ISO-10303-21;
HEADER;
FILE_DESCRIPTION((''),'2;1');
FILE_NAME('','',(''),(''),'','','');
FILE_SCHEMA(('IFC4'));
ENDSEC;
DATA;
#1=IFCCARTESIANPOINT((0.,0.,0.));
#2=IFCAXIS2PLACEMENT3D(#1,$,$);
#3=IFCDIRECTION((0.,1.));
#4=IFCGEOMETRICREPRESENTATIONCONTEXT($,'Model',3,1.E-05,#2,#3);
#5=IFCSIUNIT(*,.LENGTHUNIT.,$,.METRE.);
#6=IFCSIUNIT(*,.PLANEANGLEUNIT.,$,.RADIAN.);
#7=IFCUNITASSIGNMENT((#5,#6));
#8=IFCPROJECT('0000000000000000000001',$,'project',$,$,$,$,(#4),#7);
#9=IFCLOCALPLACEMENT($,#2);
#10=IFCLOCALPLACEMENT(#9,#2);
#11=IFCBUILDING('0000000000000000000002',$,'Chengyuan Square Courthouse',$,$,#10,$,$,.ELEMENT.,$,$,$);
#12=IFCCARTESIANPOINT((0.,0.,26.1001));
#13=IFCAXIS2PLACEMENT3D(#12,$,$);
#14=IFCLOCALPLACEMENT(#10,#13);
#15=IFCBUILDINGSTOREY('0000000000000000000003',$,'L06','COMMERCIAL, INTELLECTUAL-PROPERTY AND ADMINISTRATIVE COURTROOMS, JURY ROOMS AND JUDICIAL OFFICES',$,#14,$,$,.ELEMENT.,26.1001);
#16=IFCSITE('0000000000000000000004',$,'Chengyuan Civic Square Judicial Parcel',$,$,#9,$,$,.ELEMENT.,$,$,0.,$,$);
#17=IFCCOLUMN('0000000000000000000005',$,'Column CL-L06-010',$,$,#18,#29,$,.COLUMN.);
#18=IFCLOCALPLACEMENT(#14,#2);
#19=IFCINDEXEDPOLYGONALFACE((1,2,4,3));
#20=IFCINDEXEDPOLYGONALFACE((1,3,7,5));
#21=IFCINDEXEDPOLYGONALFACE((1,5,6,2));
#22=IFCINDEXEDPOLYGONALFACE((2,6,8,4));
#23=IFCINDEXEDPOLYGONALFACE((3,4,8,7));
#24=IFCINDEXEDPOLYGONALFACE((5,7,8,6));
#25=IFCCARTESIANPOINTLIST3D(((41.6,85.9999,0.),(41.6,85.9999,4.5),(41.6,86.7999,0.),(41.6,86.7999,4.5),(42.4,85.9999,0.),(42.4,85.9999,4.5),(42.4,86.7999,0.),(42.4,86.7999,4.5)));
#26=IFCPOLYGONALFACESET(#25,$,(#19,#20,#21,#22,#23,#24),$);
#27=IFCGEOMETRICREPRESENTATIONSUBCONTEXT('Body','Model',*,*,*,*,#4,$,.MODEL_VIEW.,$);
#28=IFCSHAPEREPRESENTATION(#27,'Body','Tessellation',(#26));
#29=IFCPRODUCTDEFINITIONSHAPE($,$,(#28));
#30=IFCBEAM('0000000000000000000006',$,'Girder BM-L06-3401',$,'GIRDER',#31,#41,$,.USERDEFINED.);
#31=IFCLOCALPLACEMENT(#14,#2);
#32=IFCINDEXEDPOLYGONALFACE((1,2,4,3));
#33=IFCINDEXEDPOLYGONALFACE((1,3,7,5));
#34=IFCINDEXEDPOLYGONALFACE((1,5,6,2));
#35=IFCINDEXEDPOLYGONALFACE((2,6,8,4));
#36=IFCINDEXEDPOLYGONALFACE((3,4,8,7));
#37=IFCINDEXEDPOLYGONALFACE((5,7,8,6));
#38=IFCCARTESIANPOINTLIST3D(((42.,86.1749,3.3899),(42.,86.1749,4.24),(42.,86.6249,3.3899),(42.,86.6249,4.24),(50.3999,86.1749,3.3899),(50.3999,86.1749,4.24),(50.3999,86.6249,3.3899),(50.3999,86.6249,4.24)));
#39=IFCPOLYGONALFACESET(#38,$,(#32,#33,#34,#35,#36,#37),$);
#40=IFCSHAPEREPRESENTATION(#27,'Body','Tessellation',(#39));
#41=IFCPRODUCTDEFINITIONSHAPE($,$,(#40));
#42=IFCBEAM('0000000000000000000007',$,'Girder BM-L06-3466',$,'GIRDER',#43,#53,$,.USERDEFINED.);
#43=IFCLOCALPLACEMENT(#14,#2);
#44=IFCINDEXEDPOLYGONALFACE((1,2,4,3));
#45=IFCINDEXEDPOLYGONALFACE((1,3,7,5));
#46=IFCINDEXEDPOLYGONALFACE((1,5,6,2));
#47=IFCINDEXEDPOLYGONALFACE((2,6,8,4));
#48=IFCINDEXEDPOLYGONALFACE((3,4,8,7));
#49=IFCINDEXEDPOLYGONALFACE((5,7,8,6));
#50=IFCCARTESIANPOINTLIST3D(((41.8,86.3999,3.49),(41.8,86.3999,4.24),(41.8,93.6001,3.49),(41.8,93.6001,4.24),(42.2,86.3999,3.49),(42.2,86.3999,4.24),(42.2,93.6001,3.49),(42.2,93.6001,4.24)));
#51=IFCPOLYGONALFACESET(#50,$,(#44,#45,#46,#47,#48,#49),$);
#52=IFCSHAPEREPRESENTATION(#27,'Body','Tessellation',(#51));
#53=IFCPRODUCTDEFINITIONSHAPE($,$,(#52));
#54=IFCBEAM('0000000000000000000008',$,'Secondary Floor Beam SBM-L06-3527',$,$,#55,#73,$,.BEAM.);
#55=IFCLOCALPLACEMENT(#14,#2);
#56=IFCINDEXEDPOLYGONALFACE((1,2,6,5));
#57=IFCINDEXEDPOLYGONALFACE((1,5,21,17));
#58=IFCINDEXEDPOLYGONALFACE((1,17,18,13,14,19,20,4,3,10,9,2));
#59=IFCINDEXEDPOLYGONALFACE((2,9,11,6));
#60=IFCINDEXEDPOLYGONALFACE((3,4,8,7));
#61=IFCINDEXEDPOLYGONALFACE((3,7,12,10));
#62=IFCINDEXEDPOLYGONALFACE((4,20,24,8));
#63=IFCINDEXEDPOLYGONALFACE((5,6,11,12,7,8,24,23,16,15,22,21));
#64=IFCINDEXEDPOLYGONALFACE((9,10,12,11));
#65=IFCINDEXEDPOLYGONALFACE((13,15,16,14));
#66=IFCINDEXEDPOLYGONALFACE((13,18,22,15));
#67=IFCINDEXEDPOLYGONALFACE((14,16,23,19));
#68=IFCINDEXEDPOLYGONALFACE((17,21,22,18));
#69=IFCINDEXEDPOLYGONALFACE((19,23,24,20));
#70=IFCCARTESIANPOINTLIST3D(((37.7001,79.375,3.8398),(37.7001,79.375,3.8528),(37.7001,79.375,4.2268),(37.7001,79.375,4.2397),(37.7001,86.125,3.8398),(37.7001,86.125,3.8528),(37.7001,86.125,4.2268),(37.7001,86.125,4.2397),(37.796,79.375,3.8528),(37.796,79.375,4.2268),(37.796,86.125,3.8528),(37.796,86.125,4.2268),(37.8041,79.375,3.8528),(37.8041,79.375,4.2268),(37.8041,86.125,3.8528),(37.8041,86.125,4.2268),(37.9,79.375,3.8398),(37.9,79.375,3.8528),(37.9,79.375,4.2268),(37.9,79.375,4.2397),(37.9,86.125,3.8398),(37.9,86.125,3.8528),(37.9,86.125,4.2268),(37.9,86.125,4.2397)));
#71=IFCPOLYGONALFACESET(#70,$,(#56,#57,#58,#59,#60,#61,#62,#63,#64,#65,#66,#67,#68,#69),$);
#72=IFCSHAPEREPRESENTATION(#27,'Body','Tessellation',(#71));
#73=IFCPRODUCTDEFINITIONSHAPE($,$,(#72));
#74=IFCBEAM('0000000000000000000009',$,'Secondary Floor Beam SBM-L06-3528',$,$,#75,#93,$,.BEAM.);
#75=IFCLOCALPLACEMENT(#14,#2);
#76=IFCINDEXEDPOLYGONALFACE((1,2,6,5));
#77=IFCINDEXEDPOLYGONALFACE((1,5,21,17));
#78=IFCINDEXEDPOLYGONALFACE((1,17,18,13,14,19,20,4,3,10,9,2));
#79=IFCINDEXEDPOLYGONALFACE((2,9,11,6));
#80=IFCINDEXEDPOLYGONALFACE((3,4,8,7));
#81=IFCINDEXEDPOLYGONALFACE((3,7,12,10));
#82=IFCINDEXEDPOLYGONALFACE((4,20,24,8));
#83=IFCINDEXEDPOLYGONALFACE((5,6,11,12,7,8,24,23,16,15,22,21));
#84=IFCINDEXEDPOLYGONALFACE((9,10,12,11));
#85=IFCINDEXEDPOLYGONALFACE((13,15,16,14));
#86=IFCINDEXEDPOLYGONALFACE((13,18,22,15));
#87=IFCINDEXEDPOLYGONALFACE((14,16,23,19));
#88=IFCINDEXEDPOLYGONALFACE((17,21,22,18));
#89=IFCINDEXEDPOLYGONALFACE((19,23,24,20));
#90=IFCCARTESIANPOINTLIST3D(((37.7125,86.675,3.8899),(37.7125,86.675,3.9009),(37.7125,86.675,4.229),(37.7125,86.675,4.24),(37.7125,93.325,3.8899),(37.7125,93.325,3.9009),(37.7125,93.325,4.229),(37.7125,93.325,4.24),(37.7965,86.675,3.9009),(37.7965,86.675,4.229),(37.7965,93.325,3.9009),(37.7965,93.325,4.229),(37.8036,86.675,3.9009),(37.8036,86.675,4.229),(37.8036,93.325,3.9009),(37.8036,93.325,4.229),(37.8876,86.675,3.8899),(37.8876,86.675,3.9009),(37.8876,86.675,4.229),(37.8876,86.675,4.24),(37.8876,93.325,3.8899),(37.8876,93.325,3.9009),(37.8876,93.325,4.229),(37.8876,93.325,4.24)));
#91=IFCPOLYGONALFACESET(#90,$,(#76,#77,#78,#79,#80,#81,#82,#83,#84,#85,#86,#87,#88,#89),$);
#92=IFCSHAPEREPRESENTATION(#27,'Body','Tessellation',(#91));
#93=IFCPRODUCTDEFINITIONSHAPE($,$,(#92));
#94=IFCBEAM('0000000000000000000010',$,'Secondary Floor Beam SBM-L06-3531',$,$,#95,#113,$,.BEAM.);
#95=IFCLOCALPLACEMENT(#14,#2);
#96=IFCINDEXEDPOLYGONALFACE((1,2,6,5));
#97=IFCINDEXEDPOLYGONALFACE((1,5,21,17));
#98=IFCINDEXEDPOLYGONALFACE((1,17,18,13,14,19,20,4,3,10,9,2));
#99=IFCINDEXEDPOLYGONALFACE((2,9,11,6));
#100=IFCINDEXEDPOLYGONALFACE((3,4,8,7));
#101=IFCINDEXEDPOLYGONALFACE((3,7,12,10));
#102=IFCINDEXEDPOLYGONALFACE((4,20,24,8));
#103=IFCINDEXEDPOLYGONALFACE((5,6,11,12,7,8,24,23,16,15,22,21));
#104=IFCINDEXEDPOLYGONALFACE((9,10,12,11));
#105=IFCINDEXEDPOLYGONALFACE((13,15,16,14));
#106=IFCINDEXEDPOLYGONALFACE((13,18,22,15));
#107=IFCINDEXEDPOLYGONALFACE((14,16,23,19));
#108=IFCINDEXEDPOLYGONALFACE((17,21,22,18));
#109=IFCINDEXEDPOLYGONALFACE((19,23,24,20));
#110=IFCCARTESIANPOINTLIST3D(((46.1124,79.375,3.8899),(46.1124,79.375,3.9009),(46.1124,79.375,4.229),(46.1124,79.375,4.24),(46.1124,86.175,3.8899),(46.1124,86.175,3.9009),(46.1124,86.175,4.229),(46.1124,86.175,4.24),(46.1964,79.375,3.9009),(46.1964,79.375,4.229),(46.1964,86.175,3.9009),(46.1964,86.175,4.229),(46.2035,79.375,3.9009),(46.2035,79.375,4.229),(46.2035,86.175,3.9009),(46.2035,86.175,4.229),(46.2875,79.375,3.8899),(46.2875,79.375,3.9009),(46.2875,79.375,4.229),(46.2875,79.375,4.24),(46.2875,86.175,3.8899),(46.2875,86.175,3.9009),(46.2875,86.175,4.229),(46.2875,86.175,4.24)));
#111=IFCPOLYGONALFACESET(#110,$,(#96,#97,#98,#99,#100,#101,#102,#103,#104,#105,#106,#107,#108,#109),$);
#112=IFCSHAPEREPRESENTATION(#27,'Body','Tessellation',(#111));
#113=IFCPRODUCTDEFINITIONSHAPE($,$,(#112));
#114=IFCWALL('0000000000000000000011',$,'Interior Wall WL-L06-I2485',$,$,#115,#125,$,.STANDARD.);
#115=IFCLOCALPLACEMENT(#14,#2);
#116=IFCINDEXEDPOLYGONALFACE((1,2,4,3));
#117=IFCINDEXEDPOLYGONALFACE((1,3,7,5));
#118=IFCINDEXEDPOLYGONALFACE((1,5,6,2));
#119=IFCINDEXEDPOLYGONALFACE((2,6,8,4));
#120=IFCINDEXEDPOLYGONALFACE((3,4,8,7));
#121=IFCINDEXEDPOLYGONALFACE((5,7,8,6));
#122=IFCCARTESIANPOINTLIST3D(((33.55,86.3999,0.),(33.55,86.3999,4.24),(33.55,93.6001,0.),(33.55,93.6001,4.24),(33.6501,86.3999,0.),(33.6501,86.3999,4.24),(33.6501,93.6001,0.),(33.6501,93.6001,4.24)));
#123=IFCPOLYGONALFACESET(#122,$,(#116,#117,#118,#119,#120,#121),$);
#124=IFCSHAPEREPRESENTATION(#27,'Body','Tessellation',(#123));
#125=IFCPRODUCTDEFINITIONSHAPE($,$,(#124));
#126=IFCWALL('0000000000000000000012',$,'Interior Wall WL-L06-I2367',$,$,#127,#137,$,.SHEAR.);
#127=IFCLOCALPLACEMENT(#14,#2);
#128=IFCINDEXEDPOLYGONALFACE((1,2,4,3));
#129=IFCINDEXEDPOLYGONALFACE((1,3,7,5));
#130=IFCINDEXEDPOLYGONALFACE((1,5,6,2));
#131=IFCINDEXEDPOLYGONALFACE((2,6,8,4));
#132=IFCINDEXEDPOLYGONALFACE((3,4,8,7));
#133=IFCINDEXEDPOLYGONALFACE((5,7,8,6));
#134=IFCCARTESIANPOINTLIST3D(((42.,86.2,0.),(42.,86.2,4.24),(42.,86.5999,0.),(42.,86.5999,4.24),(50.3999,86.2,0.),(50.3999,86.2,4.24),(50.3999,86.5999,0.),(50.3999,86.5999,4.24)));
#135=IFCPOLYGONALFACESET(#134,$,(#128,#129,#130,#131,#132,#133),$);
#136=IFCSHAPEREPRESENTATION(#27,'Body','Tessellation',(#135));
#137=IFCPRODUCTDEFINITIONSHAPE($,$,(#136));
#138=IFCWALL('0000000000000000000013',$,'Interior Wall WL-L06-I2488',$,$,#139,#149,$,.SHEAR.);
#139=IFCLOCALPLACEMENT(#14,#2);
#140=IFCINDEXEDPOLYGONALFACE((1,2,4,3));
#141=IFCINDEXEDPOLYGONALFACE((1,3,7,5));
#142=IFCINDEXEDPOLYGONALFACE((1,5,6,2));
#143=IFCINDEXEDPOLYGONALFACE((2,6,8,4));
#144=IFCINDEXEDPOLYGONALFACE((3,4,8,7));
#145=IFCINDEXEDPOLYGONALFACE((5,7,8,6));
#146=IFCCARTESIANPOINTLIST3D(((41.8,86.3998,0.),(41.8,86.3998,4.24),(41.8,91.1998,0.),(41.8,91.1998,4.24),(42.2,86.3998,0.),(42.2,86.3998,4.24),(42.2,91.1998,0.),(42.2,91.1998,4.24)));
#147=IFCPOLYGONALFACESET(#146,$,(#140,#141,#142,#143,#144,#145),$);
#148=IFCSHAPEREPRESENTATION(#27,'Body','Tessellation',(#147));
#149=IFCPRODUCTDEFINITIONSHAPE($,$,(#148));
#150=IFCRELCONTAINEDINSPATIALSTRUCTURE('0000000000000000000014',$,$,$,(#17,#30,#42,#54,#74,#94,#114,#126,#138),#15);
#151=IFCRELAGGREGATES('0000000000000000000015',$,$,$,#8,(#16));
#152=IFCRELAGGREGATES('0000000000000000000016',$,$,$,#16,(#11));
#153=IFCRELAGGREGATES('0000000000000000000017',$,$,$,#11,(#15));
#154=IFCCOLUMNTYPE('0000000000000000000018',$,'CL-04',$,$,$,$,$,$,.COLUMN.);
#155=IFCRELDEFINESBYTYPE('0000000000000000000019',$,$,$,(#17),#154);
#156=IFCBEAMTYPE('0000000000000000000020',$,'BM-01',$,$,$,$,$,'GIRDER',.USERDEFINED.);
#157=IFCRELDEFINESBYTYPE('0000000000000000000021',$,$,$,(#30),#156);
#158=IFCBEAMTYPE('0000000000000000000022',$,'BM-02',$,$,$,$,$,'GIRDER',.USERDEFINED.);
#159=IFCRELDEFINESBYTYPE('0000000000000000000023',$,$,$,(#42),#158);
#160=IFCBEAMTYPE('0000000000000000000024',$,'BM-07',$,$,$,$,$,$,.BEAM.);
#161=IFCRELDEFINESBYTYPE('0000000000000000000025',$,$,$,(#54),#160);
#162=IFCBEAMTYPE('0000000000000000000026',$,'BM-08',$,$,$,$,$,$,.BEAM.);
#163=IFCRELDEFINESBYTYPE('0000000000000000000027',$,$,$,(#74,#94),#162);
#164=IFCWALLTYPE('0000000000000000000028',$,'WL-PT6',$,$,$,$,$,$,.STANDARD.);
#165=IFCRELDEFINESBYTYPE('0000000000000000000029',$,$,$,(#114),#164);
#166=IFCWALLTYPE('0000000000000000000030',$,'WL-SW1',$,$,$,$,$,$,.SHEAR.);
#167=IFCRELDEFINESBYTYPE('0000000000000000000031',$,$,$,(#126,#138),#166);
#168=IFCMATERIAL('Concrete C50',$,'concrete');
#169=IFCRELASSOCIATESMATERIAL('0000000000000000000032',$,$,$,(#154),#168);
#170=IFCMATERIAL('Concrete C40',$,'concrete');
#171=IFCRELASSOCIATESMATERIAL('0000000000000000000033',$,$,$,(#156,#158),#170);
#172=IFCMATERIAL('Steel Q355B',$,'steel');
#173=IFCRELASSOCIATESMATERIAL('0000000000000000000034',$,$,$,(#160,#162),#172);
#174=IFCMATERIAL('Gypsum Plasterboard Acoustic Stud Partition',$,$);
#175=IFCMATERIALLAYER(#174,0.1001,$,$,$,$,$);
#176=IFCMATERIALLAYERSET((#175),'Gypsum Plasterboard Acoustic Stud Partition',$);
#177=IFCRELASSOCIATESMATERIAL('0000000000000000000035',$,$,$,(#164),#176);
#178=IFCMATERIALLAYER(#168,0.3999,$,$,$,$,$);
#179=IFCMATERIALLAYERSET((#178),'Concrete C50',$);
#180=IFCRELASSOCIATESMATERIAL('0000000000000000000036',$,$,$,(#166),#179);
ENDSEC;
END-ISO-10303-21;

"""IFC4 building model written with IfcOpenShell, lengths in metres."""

from ifc_helpers import new_model, si_unit, direction, frame, frame_2d, origin, origin_2d, place, context, subcontext, project, spatial, rectangle, i_section, extrude, material, layer, layer_set, material_profile, profile_set, type_object, element, save


model = new_model("IFC4")

# Units and contexts
model_context = context("Model", 3, precision=1e-05, world=origin(), true_north=direction((0.0, 1.0)))
body_context = subcontext(model_context, "Body", "Model", "MODEL_VIEW")
ifc_project = project(units=[si_unit("LENGTHUNIT", "METRE"), si_unit("PLANEANGLEUNIT", "RADIAN")], contexts=[model_context])

# Site, building, storey
site_placement = place(None, origin())
site = spatial("IfcSite", under=ifc_project, at=site_placement, Name="Chengyuan Civic Square Judicial Parcel", CompositionType="ELEMENT", RefElevation=0.0)
building_placement = place(site_placement, origin())
building = spatial("IfcBuilding", under=site, at=building_placement, Name="Chengyuan Square Courthouse", CompositionType="ELEMENT")
storey_placement = place(building_placement, frame((0.0, 0.0, 26.1001)))
storey = spatial("IfcBuildingStorey", under=building, at=storey_placement, Name="L06", Description="COMMERCIAL, INTELLECTUAL-PROPERTY AND ADMINISTRATIVE COURTROOMS, JURY ROOMS AND JUDICIAL OFFICES", CompositionType="ELEMENT", Elevation=26.1001)

# Column
ifc_material_1 = material(Name="Concrete C50", Category="concrete")
ifc_material_profile_1 = material_profile(ifc_material_1, rectangle(XDim=0.8, YDim=0.8, at=origin_2d()), Name="RC-COL-800x800")
ifc_profile_set_1 = profile_set([ifc_material_profile_1], Name="Concrete C50")
column_type = type_object("IfcColumnType", Name="CL-04", PredefinedType="COLUMN", material=ifc_profile_set_1)
column_placement = place(storey_placement, frame((42.0, 86.3999, 0.0), z_axis=(0.0, 0.0, 1.0), x_axis=(1.0, 0.0, 0.0)))
element("IfcColumn", 1, at=column_placement, inside=storey, type_object=column_type, Name="Column CL-L06-010", PredefinedType="COLUMN", context=body_context, shape_type="SweptSolid", body=[
    extrude(rectangle(XDim=0.8, YDim=0.8, at=origin_2d()), origin(), (0.0, 0.0, 1.0), 4.5),
])

# Beams
ifc_material_2 = material(Name="Concrete C40", Category="concrete")
ifc_material_profile_2 = material_profile(ifc_material_2, rectangle(XDim=0.45, YDim=0.8501, at=origin_2d()), Name="RC-BM-450x850")
ifc_profile_set_2 = profile_set([ifc_material_profile_2], Name="Concrete C40")
beam_type_1 = type_object("IfcBeamType", Name="BM-01", ElementType="GIRDER", PredefinedType="USERDEFINED", material=ifc_profile_set_2)
beam_1_placement = place(storey_placement, frame((42.0, 86.3999, 3.8149), z_axis=(1.0, 0.0, 0.0), x_axis=(0.0, 1.0, 0.0)))
element("IfcBeam", 2, at=beam_1_placement, inside=storey, type_object=beam_type_1, Name="Girder BM-L06-3401", ObjectType="GIRDER", PredefinedType="USERDEFINED", context=body_context, shape_type="SweptSolid", body=[
    extrude(rectangle(XDim=0.45, YDim=0.8501, at=origin_2d()), origin(), (0.0, 0.0, 1.0), 8.3999),
])
ifc_material_profile_3 = material_profile(ifc_material_2, rectangle(XDim=0.3999, YDim=0.75, at=origin_2d()), Name="RC-BM-400x750")
ifc_profile_set_3 = profile_set([ifc_material_profile_3], Name="Concrete C40")
beam_type_2 = type_object("IfcBeamType", Name="BM-02", ElementType="GIRDER", PredefinedType="USERDEFINED", material=ifc_profile_set_3)
beam_2_placement = place(storey_placement, frame((42.0, 86.3999, 3.865), z_axis=(0.0, 1.0, 0.0), x_axis=(-1.0, 0.0, 0.0)))
element("IfcBeam", 3, at=beam_2_placement, inside=storey, type_object=beam_type_2, Name="Girder BM-L06-3466", ObjectType="GIRDER", PredefinedType="USERDEFINED", context=body_context, shape_type="SweptSolid", body=[
    extrude(rectangle(XDim=0.3999, YDim=0.75, at=origin_2d()), origin(), (0.0, 0.0, 1.0), 7.2002),
])
ifc_material_3 = material(Name="Steel Q355B", Category="steel")
ifc_material_profile_4 = material_profile(ifc_material_3, i_section(OverallWidth=0.2, OverallDepth=0.3999, WebThickness=0.0081, FlangeThickness=0.0129, at=origin_2d()), Name="HN 400x200x8x13")
ifc_profile_set_4 = profile_set([ifc_material_profile_4], Name="Steel Q355B")
beam_type_3 = type_object("IfcBeamType", Name="BM-07", PredefinedType="BEAM", material=ifc_profile_set_4)
beam_3_placement = place(storey_placement, frame((37.8, 79.375, 4.0398), z_axis=(0.0, 1.0, 0.0), x_axis=(-1.0, 0.0, 0.0)))
element("IfcBeam", 4, at=beam_3_placement, inside=storey, type_object=beam_type_3, Name="Secondary Floor Beam SBM-L06-3527", PredefinedType="BEAM", context=body_context, shape_type="SweptSolid", body=[
    extrude(i_section(OverallWidth=0.2, OverallDepth=0.3999, WebThickness=0.0081, FlangeThickness=0.0129, at=origin_2d()), origin(), (0.0, 0.0, 1.0), 6.75),
])
ifc_material_profile_5 = material_profile(ifc_material_3, i_section(OverallWidth=0.175, OverallDepth=0.3501, WebThickness=0.0071, FlangeThickness=0.011, at=origin_2d()), Name="HN 350x175x7x11")
ifc_profile_set_5 = profile_set([ifc_material_profile_5], Name="Steel Q355B")
beam_type_4 = type_object("IfcBeamType", Name="BM-08", PredefinedType="BEAM", material=ifc_profile_set_5)
beam_4_placement = place(storey_placement, frame((37.8, 86.675, 4.0649), z_axis=(0.0, 1.0, 0.0), x_axis=(-1.0, 0.0, 0.0)))
element("IfcBeam", 5, at=beam_4_placement, inside=storey, type_object=beam_type_4, Name="Secondary Floor Beam SBM-L06-3528", PredefinedType="BEAM", context=body_context, shape_type="SweptSolid", body=[
    extrude(i_section(OverallWidth=0.175, OverallDepth=0.3501, WebThickness=0.0071, FlangeThickness=0.011, at=origin_2d()), origin(), (0.0, 0.0, 1.0), 6.6499),
])
beam_5_placement = place(storey_placement, frame((46.2, 79.375, 4.0649), z_axis=(0.0, 1.0, 0.0), x_axis=(-1.0, 0.0, 0.0)))
element("IfcBeam", 6, at=beam_5_placement, inside=storey, type_object=beam_type_4, Name="Secondary Floor Beam SBM-L06-3531", PredefinedType="BEAM", context=body_context, shape_type="SweptSolid", body=[
    extrude(i_section(OverallWidth=0.175, OverallDepth=0.3501, WebThickness=0.0071, FlangeThickness=0.011, at=origin_2d()), origin(), (0.0, 0.0, 1.0), 6.8),
])

# Walls
ifc_material_4 = material(Name="Gypsum Plasterboard Acoustic Stud Partition")
ifc_layer_1 = layer(ifc_material_4, 0.1001)
ifc_layer_set_1 = layer_set([ifc_layer_1], Name="Gypsum Plasterboard Acoustic Stud Partition")
wall_type_1 = type_object("IfcWallType", Name="WL-PT6", PredefinedType="STANDARD", material=ifc_layer_set_1)
wall_1_placement = place(storey_placement, frame((33.6001, 86.3999, 0.0), z_axis=(0.0, 0.0, 1.0), x_axis=(0.0, 1.0, 0.0)))
element("IfcWall", 7, at=wall_1_placement, inside=storey, type_object=wall_type_1, Name="Interior Wall WL-L06-I2485", PredefinedType="STANDARD", context=body_context, shape_type="SweptSolid", body=[
    extrude(rectangle(XDim=7.2002, YDim=0.1001, at=frame_2d((3.6001, 0.0))), origin(), (0.0, 0.0, 1.0), 4.24),
])
ifc_layer_2 = layer(ifc_material_1, 0.3999)
ifc_layer_set_2 = layer_set([ifc_layer_2], Name="Concrete C50")
wall_type_2 = type_object("IfcWallType", Name="WL-SW1", PredefinedType="SHEAR", material=ifc_layer_set_2)
wall_2_placement = place(storey_placement, frame((42.0, 86.3999, 0.0), z_axis=(0.0, 0.0, 1.0), x_axis=(1.0, 0.0, 0.0)))
element("IfcWall", 8, at=wall_2_placement, inside=storey, type_object=wall_type_2, Name="Interior Wall WL-L06-I2367", PredefinedType="SHEAR", context=body_context, shape_type="SweptSolid", body=[
    extrude(rectangle(XDim=8.3999, YDim=0.3999, at=frame_2d((4.2, 0.0))), origin(), (0.0, 0.0, 1.0), 4.24),
])
wall_3_placement = place(storey_placement, frame((42.0, 86.3999, 0.0), z_axis=(0.0, 0.0, 1.0), x_axis=(0.0, 1.0, 0.0)))
element("IfcWall", 9, at=wall_3_placement, inside=storey, type_object=wall_type_2, Name="Interior Wall WL-L06-I2488", PredefinedType="SHEAR", context=body_context, shape_type="SweptSolid", body=[
    extrude(rectangle(XDim=4.8, YDim=0.3999, at=frame_2d((2.3999, 0.0))), origin(), (0.0, 0.0, 1.0), 4.24),
])

save(model, "model.ifc")
